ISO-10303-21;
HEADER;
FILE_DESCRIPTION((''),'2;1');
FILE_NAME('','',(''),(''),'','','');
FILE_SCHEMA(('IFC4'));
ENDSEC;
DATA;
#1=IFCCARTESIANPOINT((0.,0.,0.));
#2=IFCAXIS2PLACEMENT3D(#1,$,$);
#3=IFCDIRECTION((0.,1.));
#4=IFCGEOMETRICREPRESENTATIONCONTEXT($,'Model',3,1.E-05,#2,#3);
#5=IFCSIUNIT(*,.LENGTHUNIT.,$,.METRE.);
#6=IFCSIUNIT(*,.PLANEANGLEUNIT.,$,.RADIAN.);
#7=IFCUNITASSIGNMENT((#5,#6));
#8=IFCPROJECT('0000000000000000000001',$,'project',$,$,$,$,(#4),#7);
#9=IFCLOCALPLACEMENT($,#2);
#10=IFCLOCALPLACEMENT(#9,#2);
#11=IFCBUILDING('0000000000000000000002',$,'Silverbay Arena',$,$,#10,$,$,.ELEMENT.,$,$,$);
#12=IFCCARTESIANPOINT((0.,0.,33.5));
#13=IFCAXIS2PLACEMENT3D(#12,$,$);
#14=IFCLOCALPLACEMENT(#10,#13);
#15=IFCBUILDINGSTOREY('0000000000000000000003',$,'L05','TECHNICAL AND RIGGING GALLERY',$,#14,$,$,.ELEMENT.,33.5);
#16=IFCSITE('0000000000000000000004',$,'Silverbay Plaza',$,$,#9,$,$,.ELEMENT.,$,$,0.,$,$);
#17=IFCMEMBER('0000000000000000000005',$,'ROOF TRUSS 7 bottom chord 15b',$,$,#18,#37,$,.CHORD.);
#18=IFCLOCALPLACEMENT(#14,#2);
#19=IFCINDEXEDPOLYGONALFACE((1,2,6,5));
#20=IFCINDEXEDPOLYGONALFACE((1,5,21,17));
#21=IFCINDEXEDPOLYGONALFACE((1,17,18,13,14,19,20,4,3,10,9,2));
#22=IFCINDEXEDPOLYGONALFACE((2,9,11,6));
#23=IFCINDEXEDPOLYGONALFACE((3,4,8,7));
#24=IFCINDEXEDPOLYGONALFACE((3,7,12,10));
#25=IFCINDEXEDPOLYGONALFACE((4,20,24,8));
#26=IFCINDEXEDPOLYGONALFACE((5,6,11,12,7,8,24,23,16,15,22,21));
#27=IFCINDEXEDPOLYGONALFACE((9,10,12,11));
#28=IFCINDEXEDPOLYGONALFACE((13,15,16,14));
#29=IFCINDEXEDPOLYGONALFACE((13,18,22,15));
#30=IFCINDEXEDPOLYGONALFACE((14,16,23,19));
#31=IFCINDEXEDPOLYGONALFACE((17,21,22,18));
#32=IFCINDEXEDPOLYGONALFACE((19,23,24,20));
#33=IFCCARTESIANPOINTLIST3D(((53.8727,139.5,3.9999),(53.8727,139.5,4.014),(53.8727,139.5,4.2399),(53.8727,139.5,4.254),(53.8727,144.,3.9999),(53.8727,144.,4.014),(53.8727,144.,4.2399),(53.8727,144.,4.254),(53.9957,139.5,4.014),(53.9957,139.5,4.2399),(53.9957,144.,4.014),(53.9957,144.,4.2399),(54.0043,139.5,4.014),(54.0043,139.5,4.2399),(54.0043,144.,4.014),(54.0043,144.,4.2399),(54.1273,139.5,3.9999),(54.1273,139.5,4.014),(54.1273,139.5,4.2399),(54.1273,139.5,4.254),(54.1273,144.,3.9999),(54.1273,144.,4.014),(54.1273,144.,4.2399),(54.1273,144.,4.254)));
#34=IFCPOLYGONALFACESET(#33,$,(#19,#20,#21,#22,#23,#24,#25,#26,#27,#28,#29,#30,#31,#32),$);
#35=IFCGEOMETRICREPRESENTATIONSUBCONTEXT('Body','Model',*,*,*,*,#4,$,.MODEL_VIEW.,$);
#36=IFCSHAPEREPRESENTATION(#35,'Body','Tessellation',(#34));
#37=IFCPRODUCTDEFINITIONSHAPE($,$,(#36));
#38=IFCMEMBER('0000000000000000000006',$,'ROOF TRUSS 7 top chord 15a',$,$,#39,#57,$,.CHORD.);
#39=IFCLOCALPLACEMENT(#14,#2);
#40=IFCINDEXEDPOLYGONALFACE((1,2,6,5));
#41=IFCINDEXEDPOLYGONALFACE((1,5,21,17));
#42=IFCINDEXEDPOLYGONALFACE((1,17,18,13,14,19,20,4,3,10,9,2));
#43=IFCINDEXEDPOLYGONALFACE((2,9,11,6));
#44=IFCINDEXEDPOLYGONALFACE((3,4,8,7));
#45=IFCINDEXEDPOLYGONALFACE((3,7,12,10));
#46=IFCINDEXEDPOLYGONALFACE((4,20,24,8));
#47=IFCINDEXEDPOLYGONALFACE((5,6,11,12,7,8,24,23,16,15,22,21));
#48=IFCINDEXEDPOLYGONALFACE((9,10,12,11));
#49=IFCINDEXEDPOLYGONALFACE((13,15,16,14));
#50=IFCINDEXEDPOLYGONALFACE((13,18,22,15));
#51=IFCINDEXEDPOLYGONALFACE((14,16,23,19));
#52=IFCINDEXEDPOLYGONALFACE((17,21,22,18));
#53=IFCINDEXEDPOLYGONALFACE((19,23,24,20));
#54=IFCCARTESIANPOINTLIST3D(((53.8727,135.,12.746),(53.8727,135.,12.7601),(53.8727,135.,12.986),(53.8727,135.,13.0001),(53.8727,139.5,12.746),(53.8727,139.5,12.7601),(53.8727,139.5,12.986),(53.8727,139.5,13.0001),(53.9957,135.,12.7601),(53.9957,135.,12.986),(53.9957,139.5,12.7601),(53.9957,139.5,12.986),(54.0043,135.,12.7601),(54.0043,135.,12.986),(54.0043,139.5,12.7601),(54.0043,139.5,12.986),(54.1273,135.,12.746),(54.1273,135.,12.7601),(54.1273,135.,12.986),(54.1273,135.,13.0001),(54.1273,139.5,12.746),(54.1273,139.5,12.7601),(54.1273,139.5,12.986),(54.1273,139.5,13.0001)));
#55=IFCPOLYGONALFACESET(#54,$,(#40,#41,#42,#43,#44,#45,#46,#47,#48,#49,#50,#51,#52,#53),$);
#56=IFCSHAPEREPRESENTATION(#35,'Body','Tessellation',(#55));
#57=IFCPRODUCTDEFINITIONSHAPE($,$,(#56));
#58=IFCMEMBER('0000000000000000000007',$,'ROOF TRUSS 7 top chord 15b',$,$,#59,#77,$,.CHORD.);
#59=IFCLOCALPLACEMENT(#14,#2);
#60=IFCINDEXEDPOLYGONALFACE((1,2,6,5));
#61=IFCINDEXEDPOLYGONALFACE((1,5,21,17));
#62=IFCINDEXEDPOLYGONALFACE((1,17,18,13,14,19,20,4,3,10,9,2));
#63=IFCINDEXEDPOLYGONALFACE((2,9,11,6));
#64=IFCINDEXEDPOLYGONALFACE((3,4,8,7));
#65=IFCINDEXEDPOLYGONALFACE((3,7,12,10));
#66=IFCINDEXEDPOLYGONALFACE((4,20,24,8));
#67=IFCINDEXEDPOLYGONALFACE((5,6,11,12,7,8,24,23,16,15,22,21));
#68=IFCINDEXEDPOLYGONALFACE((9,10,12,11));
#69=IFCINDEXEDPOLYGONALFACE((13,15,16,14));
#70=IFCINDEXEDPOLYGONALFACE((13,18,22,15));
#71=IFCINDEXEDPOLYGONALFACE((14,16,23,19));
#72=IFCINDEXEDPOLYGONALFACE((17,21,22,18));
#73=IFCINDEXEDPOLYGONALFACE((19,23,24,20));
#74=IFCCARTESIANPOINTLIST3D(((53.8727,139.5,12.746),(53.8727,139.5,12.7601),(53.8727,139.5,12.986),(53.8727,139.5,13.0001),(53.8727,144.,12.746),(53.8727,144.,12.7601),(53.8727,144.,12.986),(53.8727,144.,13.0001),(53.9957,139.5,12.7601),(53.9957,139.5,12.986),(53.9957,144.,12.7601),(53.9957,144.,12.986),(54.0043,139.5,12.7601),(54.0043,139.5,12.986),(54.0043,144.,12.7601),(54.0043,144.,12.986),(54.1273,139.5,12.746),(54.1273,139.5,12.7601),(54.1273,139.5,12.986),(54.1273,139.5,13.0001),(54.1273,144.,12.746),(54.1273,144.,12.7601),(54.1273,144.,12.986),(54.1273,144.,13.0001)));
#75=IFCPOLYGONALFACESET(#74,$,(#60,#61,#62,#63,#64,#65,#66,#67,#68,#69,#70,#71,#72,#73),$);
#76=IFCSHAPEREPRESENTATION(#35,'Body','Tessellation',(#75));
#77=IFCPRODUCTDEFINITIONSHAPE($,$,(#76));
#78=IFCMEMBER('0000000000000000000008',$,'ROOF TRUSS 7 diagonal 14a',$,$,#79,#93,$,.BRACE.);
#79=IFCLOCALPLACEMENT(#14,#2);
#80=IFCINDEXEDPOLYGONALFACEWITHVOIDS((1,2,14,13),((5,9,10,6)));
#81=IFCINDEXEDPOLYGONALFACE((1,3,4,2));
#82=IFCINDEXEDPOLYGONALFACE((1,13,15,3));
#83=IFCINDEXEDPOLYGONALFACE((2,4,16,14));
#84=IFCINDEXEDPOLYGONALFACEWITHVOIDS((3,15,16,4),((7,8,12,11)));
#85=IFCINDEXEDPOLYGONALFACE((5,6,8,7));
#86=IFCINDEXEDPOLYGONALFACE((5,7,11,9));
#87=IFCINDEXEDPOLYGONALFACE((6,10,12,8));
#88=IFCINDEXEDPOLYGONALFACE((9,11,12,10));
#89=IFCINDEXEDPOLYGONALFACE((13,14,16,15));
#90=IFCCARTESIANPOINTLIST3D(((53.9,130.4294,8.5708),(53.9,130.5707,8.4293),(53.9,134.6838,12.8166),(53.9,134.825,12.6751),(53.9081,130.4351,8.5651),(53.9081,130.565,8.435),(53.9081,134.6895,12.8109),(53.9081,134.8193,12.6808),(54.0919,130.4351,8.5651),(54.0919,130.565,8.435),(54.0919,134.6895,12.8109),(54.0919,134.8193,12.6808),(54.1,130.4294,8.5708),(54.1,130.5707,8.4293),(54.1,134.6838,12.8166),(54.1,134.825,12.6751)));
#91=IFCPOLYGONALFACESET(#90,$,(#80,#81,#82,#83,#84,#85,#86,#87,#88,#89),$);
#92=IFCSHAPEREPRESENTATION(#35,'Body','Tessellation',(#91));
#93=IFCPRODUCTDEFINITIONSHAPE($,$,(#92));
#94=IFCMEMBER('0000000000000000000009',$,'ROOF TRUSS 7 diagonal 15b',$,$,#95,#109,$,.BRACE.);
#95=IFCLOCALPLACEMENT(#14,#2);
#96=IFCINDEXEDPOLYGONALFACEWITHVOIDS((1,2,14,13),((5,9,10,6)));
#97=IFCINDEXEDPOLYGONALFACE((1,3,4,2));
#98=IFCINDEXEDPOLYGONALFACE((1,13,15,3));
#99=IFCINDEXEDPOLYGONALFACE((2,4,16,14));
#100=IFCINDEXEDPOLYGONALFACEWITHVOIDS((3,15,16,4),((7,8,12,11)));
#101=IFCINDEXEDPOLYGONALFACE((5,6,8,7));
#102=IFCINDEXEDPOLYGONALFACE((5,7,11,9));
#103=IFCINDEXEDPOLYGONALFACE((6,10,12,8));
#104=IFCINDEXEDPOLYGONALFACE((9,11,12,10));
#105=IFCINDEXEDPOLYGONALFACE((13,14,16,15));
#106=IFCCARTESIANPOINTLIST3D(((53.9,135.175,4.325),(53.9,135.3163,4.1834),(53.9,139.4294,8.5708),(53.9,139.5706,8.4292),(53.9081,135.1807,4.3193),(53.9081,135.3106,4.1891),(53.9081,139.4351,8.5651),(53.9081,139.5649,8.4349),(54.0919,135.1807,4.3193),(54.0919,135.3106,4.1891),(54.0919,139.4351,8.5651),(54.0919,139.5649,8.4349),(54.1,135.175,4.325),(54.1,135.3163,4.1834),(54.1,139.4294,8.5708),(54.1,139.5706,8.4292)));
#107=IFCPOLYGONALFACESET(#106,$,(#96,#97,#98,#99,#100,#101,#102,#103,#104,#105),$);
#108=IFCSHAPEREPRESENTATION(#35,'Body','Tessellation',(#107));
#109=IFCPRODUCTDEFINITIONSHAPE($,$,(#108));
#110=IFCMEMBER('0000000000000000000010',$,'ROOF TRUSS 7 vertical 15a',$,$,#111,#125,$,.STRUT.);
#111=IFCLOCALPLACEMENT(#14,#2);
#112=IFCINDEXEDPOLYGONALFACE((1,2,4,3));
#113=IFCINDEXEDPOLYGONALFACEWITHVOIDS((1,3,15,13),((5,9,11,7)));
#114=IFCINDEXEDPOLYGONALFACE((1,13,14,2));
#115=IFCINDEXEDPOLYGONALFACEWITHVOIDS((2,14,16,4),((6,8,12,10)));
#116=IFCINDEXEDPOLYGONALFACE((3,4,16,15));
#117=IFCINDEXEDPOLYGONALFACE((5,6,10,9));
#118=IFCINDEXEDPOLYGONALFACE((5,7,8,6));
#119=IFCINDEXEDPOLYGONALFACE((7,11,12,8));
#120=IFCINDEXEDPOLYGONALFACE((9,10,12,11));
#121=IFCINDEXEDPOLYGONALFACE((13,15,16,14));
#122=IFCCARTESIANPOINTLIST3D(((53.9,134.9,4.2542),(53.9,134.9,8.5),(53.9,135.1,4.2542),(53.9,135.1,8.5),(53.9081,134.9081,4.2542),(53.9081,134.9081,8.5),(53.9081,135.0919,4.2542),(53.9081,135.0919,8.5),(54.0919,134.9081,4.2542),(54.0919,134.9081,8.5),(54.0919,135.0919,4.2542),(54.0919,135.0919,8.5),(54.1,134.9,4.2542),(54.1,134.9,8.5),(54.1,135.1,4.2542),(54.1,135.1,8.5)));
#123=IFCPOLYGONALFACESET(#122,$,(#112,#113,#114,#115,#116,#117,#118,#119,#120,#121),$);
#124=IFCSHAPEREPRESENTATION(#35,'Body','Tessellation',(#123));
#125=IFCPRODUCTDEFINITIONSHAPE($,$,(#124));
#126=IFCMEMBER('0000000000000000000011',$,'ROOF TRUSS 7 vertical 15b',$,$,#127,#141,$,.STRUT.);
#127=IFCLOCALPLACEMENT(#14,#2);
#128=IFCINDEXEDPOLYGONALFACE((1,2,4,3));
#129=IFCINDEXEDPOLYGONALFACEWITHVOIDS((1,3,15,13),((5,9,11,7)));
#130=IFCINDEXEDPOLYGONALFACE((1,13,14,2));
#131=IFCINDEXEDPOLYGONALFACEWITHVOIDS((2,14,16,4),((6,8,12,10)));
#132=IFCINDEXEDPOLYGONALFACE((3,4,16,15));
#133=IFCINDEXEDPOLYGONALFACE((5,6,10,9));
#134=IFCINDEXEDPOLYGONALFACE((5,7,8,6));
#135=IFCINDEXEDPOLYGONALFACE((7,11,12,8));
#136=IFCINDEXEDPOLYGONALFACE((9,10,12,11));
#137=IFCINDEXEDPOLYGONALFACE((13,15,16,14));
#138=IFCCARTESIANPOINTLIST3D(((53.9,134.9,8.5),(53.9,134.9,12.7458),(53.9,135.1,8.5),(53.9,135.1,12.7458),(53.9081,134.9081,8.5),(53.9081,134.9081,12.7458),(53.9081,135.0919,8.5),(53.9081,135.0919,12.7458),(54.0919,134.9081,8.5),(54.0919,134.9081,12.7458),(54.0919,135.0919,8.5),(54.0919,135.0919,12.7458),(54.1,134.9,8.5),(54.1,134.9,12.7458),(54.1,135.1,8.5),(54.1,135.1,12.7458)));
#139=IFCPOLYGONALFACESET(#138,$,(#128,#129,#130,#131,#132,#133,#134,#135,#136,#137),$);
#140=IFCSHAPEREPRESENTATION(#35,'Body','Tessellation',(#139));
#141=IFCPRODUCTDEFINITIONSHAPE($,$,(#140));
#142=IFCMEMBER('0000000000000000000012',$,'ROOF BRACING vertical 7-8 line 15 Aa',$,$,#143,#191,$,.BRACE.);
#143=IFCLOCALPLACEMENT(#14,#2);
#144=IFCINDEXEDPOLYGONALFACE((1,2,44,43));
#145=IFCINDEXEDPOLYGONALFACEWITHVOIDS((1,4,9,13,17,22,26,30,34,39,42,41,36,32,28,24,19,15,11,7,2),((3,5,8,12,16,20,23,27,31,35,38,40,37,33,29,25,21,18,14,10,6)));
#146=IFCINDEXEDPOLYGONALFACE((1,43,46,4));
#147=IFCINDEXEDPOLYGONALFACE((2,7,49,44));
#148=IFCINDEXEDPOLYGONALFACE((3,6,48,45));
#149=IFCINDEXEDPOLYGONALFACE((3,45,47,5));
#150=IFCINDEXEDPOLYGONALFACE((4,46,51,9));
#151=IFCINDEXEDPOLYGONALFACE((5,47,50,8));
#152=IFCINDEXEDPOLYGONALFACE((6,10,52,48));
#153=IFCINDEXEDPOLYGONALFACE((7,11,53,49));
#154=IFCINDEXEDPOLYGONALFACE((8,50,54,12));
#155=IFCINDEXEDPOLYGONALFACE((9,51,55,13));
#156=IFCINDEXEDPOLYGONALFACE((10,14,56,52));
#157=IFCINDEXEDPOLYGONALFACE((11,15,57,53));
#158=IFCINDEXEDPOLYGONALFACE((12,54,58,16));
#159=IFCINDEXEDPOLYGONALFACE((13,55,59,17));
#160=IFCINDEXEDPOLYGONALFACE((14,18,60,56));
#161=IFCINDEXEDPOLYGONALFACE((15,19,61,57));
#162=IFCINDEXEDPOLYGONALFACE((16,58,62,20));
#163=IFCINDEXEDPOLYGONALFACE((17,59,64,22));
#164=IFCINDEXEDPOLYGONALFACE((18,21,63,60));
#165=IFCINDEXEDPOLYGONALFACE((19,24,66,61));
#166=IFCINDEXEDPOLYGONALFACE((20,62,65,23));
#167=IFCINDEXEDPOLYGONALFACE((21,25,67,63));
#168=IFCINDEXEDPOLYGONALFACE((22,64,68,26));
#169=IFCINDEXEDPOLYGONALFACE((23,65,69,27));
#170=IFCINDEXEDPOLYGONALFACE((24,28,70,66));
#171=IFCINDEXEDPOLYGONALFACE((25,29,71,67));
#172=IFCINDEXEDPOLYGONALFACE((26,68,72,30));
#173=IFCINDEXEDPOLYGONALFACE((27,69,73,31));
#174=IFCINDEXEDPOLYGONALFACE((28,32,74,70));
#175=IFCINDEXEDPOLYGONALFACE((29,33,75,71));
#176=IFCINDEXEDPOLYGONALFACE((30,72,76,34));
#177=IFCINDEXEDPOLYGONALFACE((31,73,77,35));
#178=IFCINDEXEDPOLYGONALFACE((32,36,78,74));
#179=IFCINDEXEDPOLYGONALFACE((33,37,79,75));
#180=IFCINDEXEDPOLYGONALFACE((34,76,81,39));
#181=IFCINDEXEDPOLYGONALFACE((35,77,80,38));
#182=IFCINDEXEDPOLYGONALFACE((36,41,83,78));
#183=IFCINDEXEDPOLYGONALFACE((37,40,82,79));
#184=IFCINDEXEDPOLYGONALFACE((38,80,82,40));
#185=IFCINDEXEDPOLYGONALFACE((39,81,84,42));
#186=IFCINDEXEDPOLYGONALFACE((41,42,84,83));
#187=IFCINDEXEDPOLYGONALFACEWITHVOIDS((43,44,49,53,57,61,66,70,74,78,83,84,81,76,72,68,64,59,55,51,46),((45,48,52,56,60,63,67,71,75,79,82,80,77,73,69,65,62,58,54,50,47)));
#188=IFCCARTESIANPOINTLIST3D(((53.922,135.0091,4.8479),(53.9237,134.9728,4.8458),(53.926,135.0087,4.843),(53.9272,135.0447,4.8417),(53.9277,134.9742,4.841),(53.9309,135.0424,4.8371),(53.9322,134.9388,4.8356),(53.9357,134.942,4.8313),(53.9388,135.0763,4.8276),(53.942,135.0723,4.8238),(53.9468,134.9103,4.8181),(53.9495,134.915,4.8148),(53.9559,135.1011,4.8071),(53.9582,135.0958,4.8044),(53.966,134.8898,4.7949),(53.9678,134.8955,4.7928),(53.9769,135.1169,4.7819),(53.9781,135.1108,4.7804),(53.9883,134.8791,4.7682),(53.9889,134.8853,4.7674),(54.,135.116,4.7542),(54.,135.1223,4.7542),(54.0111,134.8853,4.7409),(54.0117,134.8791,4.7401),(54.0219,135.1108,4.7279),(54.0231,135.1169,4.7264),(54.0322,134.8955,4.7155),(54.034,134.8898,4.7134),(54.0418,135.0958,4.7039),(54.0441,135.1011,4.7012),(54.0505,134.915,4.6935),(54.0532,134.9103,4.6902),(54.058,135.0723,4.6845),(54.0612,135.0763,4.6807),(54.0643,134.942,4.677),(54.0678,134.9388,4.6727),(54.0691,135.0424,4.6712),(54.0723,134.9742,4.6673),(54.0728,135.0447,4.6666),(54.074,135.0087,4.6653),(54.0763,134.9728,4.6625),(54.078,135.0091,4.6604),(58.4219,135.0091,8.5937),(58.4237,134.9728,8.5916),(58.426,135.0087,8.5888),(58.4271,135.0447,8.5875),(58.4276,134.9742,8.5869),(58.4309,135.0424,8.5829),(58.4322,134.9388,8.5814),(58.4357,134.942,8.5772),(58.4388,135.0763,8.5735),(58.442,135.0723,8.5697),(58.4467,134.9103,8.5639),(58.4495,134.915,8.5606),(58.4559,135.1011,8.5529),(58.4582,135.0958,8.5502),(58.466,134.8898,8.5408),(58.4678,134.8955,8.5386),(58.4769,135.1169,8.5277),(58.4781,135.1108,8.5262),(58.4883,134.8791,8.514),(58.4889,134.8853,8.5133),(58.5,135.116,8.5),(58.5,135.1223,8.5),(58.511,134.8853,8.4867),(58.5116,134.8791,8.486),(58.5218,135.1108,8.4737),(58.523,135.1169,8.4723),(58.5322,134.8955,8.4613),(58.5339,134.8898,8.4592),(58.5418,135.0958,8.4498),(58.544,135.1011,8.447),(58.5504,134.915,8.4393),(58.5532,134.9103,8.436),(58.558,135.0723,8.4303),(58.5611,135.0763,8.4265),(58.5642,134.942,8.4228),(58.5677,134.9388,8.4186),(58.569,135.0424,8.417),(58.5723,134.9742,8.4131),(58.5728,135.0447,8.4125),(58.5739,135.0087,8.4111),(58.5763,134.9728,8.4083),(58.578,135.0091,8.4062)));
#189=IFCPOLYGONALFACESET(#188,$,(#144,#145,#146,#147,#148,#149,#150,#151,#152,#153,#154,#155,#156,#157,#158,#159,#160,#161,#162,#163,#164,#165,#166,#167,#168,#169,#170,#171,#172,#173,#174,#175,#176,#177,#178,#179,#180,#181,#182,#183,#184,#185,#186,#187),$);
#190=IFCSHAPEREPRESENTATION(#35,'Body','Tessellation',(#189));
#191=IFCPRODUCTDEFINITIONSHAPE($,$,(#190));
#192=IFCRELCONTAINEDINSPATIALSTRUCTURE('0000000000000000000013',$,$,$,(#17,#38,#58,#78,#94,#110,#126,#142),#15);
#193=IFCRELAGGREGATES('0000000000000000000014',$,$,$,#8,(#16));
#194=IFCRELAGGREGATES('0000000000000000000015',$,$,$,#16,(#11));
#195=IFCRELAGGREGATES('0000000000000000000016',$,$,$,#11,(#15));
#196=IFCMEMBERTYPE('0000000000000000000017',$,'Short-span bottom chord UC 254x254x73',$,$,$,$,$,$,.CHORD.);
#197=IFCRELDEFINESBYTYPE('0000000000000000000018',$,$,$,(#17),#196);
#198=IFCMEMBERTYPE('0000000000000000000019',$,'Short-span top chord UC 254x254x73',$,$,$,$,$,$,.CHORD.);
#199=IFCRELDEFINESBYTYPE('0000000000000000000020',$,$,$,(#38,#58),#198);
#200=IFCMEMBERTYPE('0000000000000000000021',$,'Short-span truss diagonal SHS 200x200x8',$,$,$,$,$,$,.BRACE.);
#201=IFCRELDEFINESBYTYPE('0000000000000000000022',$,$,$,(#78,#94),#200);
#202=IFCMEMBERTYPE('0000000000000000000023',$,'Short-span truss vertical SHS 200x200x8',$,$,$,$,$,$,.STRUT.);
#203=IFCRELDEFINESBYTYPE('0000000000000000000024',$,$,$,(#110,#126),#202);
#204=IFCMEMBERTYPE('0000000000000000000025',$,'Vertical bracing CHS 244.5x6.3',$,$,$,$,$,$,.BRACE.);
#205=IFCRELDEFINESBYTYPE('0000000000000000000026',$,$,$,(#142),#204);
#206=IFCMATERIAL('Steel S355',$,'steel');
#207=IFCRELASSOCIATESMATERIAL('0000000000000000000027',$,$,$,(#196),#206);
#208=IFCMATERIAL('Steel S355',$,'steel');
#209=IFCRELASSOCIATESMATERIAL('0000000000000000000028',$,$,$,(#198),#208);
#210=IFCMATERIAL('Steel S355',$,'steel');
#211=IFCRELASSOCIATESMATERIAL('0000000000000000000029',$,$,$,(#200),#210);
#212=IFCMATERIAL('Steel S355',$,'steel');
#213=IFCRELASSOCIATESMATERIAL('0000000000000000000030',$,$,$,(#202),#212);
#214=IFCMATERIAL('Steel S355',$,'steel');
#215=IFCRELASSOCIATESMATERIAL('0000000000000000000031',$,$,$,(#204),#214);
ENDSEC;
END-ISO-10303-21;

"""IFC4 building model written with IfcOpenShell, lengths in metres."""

from ifc_helpers import new_model, si_unit, direction, frame, origin, origin_2d, place, context, subcontext, project, spatial, hollow_rectangle, hollow_circle, i_section, extrude, material, material_profile, profile_set, type_object, element, save


model = new_model("IFC4")

# Units and contexts
model_context = context("Model", 3, precision=1e-05, world=origin(), true_north=direction((0.0, 1.0)))
body_context = subcontext(model_context, "Body", "Model", "MODEL_VIEW")
ifc_project = project(units=[si_unit("LENGTHUNIT", "METRE"), si_unit("PLANEANGLEUNIT", "RADIAN")], contexts=[model_context])

# Site, building, storey
site_placement = place(None, origin())
site = spatial("IfcSite", under=ifc_project, at=site_placement, Name="Silverbay Plaza", CompositionType="ELEMENT", RefElevation=0.0)
building_placement = place(site_placement, origin())
building = spatial("IfcBuilding", under=site, at=building_placement, Name="Silverbay Arena", CompositionType="ELEMENT")
storey_placement = place(building_placement, frame((0.0, 0.0, 33.5)))
storey = spatial("IfcBuildingStorey", under=building, at=storey_placement, Name="L05", Description="TECHNICAL AND RIGGING GALLERY", CompositionType="ELEMENT", Elevation=33.5)

# Members
ifc_material_1 = material(Name="Steel S355", Category="steel")
ifc_material_profile_1 = material_profile(ifc_material_1, i_section(OverallWidth=0.2546, OverallDepth=0.2542, WebThickness=0.0085, FlangeThickness=0.0142, at=origin_2d()), Name="UC 254x254x73")
ifc_profile_set_1 = profile_set([ifc_material_profile_1], Name="Steel S355")
member_type_1 = type_object("IfcMemberType", Name="Short-span bottom chord UC 254x254x73", PredefinedType="CHORD", material=ifc_profile_set_1)
for number, where, z_axis, x_axis, name in (
    (1, (54.0, 139.5, 4.127), (0.0, 1.0, 0.0), (-1.0, 0.0, 0.0), "ROOF TRUSS 7 bottom chord 15b"),
):
    element("IfcMember", number, at=place(storey_placement, frame(where, z_axis=z_axis, x_axis=x_axis)), inside=storey, type_object=member_type_1, Name=name, PredefinedType="CHORD", context=body_context, shape_type="SweptSolid", body=[
        extrude(i_section(OverallWidth=0.2546, OverallDepth=0.2542, WebThickness=0.0085, FlangeThickness=0.0142, at=origin_2d()), origin(), (0.0, 0.0, 1.0), 4.5),
    ])
ifc_material_2 = material(Name="Steel S355", Category="steel")
ifc_material_profile_2 = material_profile(ifc_material_2, i_section(OverallWidth=0.2546, OverallDepth=0.2542, WebThickness=0.0085, FlangeThickness=0.0142, at=origin_2d()), Name="UC 254x254x73")
ifc_profile_set_2 = profile_set([ifc_material_profile_2], Name="Steel S355")
member_type_2 = type_object("IfcMemberType", Name="Short-span top chord UC 254x254x73", PredefinedType="CHORD", material=ifc_profile_set_2)
for number, where, z_axis, x_axis, name in (
    (2, (54.0, 135.0, 12.873), (0.0, 1.0, 0.0), (-1.0, 0.0, 0.0), "ROOF TRUSS 7 top chord 15a"),
    (3, (54.0, 139.5, 12.873), (0.0, 1.0, 0.0), (-1.0, 0.0, 0.0), "ROOF TRUSS 7 top chord 15b"),
):
    element("IfcMember", number, at=place(storey_placement, frame(where, z_axis=z_axis, x_axis=x_axis)), inside=storey, type_object=member_type_2, Name=name, PredefinedType="CHORD", context=body_context, shape_type="SweptSolid", body=[
        extrude(i_section(OverallWidth=0.2546, OverallDepth=0.2542, WebThickness=0.0085, FlangeThickness=0.0142, at=origin_2d()), origin(), (0.0, 0.0, 1.0), 4.5),
    ])
ifc_material_3 = material(Name="Steel S355", Category="steel")
ifc_material_profile_3 = material_profile(ifc_material_3, hollow_rectangle(XDim=0.2, YDim=0.2, WallThickness=0.0081, at=origin_2d()), Name="SHS 200x200x8")
ifc_profile_set_3 = profile_set([ifc_material_profile_3], Name="Steel S355")
member_type_3 = type_object("IfcMemberType", Name="Short-span truss diagonal SHS 200x200x8", PredefinedType="BRACE", material=ifc_profile_set_3)
for number, where, z_axis, x_axis, name in (
    (4, (54.0, 134.7544, 12.7458), (0.0, -0.707817, -0.706396), (1.0, 0.0, 0.0), "ROOF TRUSS 7 diagonal 14a"),
    (5, (54.0, 139.5, 8.5), (0.0, -0.707817, -0.706396), (1.0, 0.0, 0.0), "ROOF TRUSS 7 diagonal 15b"),
):
    element("IfcMember", number, at=place(storey_placement, frame(where, z_axis=z_axis, x_axis=x_axis)), inside=storey, type_object=member_type_3, Name=name, PredefinedType="BRACE", context=body_context, shape_type="SweptSolid", body=[
        extrude(hollow_rectangle(XDim=0.2, YDim=0.2, WallThickness=0.0081, at=origin_2d()), origin(), (0.0, 0.0, 1.0), 6.0105),
    ])
ifc_material_4 = material(Name="Steel S355", Category="steel")
ifc_material_profile_4 = material_profile(ifc_material_4, hollow_rectangle(XDim=0.2, YDim=0.2, WallThickness=0.0081, at=origin_2d()), Name="SHS 200x200x8")
ifc_profile_set_4 = profile_set([ifc_material_profile_4], Name="Steel S355")
member_type_4 = type_object("IfcMemberType", Name="Short-span truss vertical SHS 200x200x8", PredefinedType="STRUT", material=ifc_profile_set_4)
for number, where, z_axis, x_axis, name in (
    (6, (54.0, 135.0, 4.2542), (0.0, 0.0, 1.0), (1.0, 0.0, 0.0), "ROOF TRUSS 7 vertical 15a"),
    (7, (54.0, 135.0, 8.5), (0.0, 0.0, 1.0), (1.0, 0.0, 0.0), "ROOF TRUSS 7 vertical 15b"),
):
    element("IfcMember", number, at=place(storey_placement, frame(where, z_axis=z_axis, x_axis=x_axis)), inside=storey, type_object=member_type_4, Name=name, PredefinedType="STRUT", context=body_context, shape_type="SweptSolid", body=[
        extrude(hollow_rectangle(XDim=0.2, YDim=0.2, WallThickness=0.0081, at=origin_2d()), origin(), (0.0, 0.0, 1.0), 4.2458),
    ])
ifc_material_5 = material(Name="Steel S355", Category="steel")
ifc_material_profile_5 = material_profile(ifc_material_5, hollow_circle(Radius=0.1223, WallThickness=0.0063, at=origin_2d()), Name="CHS 244.5x6.3")
ifc_profile_set_5 = profile_set([ifc_material_profile_5], Name="Steel S355")
member_type_5 = type_object("IfcMemberType", Name="Vertical bracing CHS 244.5x6.3", PredefinedType="BRACE", material=ifc_profile_set_5)
for number, where, z_axis, x_axis, name in (
    (8, (54.0, 135.0, 4.7542), (0.76857, 0.0, 0.639766), (0.0, 1.0, 0.0), "ROOF BRACING vertical 7-8 line 15 Aa"),
):
    element("IfcMember", number, at=place(storey_placement, frame(where, z_axis=z_axis, x_axis=x_axis)), inside=storey, type_object=member_type_5, Name=name, PredefinedType="BRACE", context=body_context, shape_type="SweptSolid", body=[
        extrude(hollow_circle(Radius=0.1223, WallThickness=0.0063, at=origin_2d()), origin(), (0.0, 0.0, 1.0), 5.855),
    ])

save(model, "model.ifc")
